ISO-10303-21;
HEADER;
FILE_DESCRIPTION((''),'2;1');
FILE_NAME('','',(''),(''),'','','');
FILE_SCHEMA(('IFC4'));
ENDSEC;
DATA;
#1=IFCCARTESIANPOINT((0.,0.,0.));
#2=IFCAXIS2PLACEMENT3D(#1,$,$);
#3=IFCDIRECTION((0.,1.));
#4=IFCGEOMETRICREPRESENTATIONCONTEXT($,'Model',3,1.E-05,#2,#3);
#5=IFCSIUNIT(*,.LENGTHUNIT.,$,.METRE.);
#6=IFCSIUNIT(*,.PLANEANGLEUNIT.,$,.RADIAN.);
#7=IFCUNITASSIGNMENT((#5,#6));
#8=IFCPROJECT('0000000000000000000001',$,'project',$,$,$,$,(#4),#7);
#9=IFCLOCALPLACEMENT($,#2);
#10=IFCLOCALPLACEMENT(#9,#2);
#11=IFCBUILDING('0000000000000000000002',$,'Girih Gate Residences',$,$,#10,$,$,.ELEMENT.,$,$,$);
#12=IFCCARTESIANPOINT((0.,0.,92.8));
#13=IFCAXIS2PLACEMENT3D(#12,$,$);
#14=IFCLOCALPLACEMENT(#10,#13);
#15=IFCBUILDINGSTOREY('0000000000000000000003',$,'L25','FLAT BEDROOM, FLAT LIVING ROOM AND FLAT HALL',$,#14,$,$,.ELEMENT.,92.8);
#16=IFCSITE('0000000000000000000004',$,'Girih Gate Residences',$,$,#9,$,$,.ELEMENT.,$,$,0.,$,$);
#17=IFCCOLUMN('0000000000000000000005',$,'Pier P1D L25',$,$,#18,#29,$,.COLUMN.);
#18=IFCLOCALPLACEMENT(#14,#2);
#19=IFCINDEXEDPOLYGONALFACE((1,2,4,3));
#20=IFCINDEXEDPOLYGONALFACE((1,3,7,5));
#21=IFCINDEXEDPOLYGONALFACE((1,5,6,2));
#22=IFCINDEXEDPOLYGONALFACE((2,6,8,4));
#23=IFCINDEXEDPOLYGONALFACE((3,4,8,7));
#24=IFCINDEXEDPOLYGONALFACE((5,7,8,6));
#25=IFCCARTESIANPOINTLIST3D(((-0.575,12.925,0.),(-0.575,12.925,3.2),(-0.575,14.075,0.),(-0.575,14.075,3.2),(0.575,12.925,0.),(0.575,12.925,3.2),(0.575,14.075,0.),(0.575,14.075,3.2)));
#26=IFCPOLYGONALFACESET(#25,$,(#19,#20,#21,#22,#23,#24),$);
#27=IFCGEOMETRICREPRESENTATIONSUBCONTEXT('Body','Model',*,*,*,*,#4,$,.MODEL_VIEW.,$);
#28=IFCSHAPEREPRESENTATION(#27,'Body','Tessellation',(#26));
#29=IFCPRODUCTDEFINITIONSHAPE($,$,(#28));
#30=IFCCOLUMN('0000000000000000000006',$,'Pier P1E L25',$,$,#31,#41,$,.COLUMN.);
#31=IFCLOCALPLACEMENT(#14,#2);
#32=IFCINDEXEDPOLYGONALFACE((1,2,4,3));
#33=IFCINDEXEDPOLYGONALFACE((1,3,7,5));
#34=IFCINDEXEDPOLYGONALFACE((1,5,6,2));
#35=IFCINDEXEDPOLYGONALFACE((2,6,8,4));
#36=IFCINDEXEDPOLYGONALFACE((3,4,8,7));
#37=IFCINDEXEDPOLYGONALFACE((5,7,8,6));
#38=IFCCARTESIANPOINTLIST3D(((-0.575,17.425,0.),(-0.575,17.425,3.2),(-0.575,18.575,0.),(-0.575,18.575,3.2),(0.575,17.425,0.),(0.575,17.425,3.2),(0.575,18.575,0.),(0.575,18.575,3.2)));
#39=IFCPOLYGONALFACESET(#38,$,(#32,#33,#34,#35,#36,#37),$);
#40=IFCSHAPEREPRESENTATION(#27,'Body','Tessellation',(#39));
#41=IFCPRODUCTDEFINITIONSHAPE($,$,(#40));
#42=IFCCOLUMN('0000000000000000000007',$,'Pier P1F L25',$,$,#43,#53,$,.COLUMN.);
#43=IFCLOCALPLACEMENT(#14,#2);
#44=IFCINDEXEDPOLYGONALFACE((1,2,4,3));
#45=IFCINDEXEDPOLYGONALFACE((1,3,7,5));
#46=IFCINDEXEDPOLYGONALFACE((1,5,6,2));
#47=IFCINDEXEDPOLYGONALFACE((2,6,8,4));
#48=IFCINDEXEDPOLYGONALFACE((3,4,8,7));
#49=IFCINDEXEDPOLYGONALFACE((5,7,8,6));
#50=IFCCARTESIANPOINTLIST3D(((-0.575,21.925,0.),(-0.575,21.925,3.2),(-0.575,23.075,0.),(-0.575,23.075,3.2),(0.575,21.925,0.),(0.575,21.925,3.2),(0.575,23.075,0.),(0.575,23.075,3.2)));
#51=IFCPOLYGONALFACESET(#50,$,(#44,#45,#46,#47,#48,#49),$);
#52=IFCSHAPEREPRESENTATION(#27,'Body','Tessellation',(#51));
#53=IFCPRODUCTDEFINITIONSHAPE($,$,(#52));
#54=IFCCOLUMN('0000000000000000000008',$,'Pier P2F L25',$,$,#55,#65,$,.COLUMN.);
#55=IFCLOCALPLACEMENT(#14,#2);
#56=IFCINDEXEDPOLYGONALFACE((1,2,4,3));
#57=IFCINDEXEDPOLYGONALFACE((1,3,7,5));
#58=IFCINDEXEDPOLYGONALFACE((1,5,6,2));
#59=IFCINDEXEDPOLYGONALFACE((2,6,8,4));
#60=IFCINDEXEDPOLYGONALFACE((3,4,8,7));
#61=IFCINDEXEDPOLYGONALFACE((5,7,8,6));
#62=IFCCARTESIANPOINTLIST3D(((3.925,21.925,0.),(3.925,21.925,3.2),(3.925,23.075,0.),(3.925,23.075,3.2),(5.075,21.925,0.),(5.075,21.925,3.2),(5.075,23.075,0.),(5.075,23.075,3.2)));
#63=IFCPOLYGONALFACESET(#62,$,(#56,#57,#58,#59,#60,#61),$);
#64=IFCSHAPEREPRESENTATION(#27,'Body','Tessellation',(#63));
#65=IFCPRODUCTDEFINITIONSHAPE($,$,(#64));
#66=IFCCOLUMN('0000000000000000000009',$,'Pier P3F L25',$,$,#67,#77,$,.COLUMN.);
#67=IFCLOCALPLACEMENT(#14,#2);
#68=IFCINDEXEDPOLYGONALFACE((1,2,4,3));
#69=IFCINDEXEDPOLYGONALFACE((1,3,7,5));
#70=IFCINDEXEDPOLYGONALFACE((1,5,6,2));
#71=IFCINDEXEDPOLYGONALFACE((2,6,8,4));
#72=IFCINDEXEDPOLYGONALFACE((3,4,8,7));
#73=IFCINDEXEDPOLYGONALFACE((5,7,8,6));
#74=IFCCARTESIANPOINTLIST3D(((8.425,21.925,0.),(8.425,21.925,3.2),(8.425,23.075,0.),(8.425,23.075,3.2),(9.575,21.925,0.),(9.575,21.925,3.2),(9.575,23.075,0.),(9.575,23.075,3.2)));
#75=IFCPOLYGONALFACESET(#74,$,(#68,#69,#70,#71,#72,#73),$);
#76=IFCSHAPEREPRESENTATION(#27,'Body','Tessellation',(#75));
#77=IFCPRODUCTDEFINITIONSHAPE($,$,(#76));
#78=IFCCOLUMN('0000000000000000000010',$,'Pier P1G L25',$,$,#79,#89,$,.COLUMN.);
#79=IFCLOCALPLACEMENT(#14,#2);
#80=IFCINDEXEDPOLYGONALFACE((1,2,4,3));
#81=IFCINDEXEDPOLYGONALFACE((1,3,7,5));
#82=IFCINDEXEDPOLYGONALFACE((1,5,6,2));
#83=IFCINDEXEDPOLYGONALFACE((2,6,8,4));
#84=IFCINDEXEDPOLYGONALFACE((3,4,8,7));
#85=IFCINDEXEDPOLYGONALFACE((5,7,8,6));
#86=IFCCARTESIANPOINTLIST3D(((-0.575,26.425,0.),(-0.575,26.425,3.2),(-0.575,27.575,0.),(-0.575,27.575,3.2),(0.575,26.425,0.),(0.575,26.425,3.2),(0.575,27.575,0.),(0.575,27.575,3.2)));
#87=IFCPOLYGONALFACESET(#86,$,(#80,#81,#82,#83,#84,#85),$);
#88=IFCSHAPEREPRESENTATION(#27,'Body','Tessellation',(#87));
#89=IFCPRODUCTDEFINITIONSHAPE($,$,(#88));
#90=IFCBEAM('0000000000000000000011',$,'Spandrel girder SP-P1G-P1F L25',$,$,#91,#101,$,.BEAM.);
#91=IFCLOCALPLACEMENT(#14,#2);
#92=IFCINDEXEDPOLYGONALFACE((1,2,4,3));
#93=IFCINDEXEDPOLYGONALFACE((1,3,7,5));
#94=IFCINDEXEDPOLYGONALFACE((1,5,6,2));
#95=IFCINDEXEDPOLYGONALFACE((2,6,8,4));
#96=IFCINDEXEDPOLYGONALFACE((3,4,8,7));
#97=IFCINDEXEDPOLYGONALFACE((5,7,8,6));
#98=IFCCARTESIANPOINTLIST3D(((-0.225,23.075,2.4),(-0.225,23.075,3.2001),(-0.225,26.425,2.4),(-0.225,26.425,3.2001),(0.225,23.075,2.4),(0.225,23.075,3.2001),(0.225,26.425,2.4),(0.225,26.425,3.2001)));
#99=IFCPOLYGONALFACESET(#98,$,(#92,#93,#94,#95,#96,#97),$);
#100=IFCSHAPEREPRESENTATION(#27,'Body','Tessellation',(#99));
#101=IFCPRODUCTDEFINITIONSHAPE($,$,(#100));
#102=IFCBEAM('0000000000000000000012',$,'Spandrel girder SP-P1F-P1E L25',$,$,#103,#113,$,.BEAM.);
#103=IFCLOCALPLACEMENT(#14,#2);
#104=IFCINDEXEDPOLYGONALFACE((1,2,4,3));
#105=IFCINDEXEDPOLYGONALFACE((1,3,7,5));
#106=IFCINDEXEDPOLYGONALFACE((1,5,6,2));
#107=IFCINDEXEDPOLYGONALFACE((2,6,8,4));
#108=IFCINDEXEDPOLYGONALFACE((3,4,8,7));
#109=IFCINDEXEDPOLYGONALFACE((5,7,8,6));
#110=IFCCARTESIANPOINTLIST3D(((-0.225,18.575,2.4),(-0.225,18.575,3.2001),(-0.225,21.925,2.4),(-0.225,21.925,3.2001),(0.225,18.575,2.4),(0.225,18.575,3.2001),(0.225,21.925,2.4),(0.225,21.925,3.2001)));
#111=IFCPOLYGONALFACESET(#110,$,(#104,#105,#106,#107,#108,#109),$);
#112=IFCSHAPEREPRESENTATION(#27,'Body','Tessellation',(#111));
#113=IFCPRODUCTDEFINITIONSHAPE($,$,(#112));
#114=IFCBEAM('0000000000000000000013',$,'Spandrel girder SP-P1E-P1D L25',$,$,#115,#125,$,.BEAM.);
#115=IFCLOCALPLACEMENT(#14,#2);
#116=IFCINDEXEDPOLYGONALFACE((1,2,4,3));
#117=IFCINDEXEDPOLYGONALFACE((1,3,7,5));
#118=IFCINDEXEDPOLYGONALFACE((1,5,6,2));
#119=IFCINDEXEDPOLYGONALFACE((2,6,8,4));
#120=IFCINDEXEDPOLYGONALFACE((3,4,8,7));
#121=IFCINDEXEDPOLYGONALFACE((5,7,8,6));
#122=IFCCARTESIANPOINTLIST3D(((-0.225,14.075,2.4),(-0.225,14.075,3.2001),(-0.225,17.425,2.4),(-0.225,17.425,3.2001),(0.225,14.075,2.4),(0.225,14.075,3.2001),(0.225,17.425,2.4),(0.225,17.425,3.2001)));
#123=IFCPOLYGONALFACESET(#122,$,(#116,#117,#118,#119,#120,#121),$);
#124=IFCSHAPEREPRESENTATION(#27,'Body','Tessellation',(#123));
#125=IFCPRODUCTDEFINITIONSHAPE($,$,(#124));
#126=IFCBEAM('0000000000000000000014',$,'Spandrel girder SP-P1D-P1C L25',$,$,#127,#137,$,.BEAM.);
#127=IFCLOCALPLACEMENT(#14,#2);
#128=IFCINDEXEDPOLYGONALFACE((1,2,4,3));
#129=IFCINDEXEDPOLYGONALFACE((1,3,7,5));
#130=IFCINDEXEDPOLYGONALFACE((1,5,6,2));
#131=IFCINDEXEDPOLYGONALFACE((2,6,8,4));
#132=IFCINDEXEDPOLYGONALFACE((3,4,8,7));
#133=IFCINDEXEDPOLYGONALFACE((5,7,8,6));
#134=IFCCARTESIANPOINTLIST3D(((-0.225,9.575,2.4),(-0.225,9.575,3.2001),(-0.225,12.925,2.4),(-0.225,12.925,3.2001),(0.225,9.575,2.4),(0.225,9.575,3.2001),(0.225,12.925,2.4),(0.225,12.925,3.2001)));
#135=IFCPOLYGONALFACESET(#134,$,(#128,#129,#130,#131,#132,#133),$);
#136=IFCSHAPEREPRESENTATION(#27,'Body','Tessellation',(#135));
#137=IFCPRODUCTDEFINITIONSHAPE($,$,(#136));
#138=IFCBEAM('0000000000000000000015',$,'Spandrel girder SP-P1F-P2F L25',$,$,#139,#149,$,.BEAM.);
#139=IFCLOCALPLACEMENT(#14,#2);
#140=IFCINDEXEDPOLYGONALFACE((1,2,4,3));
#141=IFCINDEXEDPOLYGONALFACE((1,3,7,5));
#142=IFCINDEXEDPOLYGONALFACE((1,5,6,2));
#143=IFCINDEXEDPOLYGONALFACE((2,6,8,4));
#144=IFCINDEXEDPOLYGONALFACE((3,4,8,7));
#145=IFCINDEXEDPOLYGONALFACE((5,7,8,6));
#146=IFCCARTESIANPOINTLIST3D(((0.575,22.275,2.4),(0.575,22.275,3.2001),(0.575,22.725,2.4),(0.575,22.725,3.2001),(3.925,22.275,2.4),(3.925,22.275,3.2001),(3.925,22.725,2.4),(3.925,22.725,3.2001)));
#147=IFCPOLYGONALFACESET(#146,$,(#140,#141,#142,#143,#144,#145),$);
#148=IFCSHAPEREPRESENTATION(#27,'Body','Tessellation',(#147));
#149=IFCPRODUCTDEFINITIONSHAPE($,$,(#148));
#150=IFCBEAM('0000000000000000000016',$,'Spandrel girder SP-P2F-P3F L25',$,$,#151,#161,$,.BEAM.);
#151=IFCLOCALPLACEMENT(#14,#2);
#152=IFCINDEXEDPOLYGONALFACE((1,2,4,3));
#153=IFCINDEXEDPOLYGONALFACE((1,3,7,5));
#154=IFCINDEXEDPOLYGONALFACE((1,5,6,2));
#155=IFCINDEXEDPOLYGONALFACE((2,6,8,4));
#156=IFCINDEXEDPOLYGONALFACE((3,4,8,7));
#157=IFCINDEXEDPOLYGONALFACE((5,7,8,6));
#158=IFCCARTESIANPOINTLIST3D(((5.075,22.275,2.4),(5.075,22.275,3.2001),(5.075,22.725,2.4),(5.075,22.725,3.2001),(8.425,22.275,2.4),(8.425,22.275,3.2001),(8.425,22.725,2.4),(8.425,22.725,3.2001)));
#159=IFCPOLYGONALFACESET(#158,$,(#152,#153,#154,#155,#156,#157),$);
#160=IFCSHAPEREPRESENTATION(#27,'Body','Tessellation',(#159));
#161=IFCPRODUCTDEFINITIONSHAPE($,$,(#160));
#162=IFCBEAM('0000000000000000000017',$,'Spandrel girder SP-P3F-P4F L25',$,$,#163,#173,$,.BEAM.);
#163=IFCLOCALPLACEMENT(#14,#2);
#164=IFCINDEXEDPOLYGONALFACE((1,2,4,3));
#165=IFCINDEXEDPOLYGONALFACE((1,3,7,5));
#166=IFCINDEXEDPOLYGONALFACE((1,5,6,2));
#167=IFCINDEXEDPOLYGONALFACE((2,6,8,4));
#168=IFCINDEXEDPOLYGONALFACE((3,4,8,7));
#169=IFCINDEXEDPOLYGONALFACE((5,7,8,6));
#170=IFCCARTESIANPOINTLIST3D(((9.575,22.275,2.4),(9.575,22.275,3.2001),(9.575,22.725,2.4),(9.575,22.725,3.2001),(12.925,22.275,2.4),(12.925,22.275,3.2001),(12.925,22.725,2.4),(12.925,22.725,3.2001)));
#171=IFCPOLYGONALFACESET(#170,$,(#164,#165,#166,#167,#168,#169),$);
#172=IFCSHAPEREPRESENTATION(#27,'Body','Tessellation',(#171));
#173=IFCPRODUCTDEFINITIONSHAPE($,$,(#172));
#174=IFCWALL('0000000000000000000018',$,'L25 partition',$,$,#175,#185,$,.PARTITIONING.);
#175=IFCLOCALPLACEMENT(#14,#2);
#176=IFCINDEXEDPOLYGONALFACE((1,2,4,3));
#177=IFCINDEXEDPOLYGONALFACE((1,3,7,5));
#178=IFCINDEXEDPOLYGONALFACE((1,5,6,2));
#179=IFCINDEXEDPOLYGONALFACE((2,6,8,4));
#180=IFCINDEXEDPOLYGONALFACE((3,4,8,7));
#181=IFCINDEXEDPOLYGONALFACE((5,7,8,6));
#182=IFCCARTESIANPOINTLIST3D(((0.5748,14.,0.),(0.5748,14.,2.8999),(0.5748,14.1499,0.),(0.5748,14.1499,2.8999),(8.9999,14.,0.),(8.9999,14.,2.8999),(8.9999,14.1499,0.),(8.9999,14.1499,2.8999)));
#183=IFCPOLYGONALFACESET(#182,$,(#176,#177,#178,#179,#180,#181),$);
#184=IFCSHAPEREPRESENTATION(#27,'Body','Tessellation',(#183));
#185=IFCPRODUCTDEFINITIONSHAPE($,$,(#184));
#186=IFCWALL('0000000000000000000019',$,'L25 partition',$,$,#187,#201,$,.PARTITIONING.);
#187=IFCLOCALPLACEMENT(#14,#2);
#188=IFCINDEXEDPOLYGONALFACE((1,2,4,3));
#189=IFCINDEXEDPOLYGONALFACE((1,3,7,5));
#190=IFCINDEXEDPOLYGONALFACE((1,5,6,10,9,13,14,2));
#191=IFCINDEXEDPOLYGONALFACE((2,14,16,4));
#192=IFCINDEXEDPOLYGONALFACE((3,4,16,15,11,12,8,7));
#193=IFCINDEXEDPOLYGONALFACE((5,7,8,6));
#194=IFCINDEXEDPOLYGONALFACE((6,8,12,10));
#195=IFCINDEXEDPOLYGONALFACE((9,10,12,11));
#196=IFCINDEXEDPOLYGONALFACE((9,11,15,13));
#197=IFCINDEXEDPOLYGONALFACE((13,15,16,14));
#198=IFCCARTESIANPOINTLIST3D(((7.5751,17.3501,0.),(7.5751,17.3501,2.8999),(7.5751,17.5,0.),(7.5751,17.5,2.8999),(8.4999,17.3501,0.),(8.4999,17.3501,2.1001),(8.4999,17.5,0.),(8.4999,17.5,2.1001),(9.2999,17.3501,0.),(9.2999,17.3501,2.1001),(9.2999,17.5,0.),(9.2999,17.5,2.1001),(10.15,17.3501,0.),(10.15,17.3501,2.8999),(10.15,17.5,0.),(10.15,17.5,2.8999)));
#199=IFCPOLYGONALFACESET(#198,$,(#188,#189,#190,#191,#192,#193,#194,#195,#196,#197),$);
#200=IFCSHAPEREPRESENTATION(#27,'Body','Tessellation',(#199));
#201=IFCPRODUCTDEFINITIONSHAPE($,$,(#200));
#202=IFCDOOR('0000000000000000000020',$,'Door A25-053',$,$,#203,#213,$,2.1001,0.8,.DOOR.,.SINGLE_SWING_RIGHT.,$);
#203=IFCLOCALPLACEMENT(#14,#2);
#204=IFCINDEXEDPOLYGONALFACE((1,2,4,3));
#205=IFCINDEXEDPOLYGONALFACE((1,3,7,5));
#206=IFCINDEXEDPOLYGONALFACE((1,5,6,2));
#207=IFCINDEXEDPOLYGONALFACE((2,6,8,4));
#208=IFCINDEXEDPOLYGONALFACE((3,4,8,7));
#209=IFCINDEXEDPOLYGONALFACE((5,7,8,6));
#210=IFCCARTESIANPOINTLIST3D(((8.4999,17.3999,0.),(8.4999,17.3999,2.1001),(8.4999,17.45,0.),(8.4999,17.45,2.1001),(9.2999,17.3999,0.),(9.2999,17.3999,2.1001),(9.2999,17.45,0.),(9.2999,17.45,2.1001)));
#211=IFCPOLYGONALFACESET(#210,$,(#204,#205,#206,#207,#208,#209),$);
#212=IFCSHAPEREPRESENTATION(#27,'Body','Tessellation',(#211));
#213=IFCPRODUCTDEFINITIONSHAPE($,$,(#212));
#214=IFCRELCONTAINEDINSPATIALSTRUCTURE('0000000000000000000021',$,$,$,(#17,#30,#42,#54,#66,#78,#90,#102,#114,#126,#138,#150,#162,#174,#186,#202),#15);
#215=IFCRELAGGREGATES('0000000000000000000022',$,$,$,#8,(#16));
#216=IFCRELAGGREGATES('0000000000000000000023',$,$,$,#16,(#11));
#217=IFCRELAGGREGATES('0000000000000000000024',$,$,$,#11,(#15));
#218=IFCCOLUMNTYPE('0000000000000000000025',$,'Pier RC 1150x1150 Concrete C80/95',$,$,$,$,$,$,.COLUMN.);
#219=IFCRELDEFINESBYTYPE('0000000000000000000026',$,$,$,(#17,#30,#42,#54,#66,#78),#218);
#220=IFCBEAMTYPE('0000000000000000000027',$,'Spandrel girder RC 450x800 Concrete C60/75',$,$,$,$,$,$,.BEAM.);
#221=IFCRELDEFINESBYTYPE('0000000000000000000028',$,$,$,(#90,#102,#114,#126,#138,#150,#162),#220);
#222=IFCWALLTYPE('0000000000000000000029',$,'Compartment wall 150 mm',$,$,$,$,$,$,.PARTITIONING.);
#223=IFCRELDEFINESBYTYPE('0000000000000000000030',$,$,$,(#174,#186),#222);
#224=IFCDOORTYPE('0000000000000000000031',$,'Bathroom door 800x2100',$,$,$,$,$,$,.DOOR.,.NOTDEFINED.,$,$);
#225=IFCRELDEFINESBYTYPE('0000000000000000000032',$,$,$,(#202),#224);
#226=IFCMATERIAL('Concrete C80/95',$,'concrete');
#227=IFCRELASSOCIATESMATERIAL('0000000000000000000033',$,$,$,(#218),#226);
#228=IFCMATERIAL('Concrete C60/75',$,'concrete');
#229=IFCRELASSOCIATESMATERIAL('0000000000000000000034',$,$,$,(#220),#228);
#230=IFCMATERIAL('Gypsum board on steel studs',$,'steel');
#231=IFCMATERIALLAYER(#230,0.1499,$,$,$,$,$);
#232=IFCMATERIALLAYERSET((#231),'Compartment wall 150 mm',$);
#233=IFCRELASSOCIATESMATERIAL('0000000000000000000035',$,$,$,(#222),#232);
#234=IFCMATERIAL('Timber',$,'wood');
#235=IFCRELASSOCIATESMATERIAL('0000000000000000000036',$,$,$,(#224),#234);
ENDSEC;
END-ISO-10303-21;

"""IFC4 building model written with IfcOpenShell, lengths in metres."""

from ifc_helpers import new_model, si_unit, direction, frame, frame_2d, origin, origin_2d, place, context, subcontext, project, spatial, rectangle, extrude, material, layer, layer_set, material_profile, profile_set, type_object, element, fill, save


model = new_model("IFC4")

# Units and contexts
model_context = context("Model", 3, precision=1e-05, world=origin(), true_north=direction((0.0, 1.0)))
body_context = subcontext(model_context, "Body", "Model", "MODEL_VIEW")
ifc_project = project(units=[si_unit("LENGTHUNIT", "METRE"), si_unit("PLANEANGLEUNIT", "RADIAN")], contexts=[model_context])

# Site, building, storey
site_placement = place(None, origin())
site = spatial("IfcSite", under=ifc_project, at=site_placement, Name="Girih Gate Residences", CompositionType="ELEMENT", RefElevation=0.0)
building_placement = place(site_placement, origin())
building = spatial("IfcBuilding", under=site, at=building_placement, Name="Girih Gate Residences", CompositionType="ELEMENT")
storey_placement = place(building_placement, frame((0.0, 0.0, 92.8)))
storey = spatial("IfcBuildingStorey", under=building, at=storey_placement, Name="L25", Description="FLAT BEDROOM, FLAT LIVING ROOM AND FLAT HALL", CompositionType="ELEMENT", Elevation=92.8)

# Columns
ifc_material_1 = material(Name="Concrete C80/95", Category="concrete")
ifc_material_profile_1 = material_profile(ifc_material_1, rectangle(XDim=1.1499, YDim=1.1499, at=origin_2d()))
ifc_profile_set_1 = profile_set([ifc_material_profile_1], Name="Concrete C80/95")
column_type = type_object("IfcColumnType", Name="Pier RC 1150x1150 Concrete C80/95", PredefinedType="COLUMN", material=ifc_profile_set_1)
for number, where, z_axis, x_axis, name in (
    (1, (0.0, 13.5, 0.0), (0.0, 0.0, 1.0), (1.0, 0.0, 0.0), "Pier P1D L25"),
    (2, (0.0, 18.0, 0.0), (0.0, 0.0, 1.0), (1.0, 0.0, 0.0), "Pier P1E L25"),
    (3, (0.0, 22.5, 0.0), (0.0, 0.0, 1.0), (1.0, 0.0, 0.0), "Pier P1F L25"),
    (4, (4.5, 22.5, 0.0), (0.0, 0.0, 1.0), (1.0, 0.0, 0.0), "Pier P2F L25"),
    (5, (9.0, 22.5, 0.0), (0.0, 0.0, 1.0), (1.0, 0.0, 0.0), "Pier P3F L25"),
    (6, (0.0, 27.0, 0.0), (0.0, 0.0, 1.0), (1.0, 0.0, 0.0), "Pier P1G L25"),
):
    element("IfcColumn", number, at=place(storey_placement, frame(where, z_axis=z_axis, x_axis=x_axis)), inside=storey, type_object=column_type, Name=name, PredefinedType="COLUMN", context=body_context, shape_type="SweptSolid", body=[
        extrude(rectangle(XDim=1.1499, YDim=1.1499, at=origin_2d()), origin(), (0.0, 0.0, 1.0), 3.2),
    ])

# Beams
ifc_material_2 = material(Name="Concrete C60/75", Category="concrete")
ifc_material_profile_2 = material_profile(ifc_material_2, rectangle(XDim=0.45, YDim=0.8, at=origin_2d()))
ifc_profile_set_2 = profile_set([ifc_material_profile_2], Name="Concrete C60/75")
beam_type = type_object("IfcBeamType", Name="Spandrel girder RC 450x800 Concrete C60/75", PredefinedType="BEAM", material=ifc_profile_set_2)
for number, where, z_axis, x_axis, name in (
    (7, (0.0, 26.425, 2.8), (0.0, -1.0, 0.0), (1.0, 0.0, 0.0), "Spandrel girder SP-P1G-P1F L25"),
    (8, (0.0, 21.925, 2.8), (0.0, -1.0, 0.0), (1.0, 0.0, 0.0), "Spandrel girder SP-P1F-P1E L25"),
    (9, (0.0, 17.425, 2.8), (0.0, -1.0, 0.0), (1.0, 0.0, 0.0), "Spandrel girder SP-P1E-P1D L25"),
    (10, (0.0, 12.925, 2.8), (0.0, -1.0, 0.0), (1.0, 0.0, 0.0), "Spandrel girder SP-P1D-P1C L25"),
    (11, (0.575, 22.5, 2.8), (1.0, 0.0, 0.0), (0.0, 1.0, 0.0), "Spandrel girder SP-P1F-P2F L25"),
    (12, (5.075, 22.5, 2.8), (1.0, 0.0, 0.0), (0.0, 1.0, 0.0), "Spandrel girder SP-P2F-P3F L25"),
    (13, (9.575, 22.5, 2.8), (1.0, 0.0, 0.0), (0.0, 1.0, 0.0), "Spandrel girder SP-P3F-P4F L25"),
):
    element("IfcBeam", number, at=place(storey_placement, frame(where, z_axis=z_axis, x_axis=x_axis)), inside=storey, type_object=beam_type, Name=name, PredefinedType="BEAM", context=body_context, shape_type="SweptSolid", body=[
        extrude(rectangle(XDim=0.45, YDim=0.8, at=origin_2d()), origin(), (0.0, 0.0, 1.0), 3.3501),
    ])

# Wall
ifc_material_3 = material(Name="Gypsum board on steel studs", Category="steel")
ifc_layer_1 = layer(ifc_material_3, 0.1499)
ifc_layer_set_1 = layer_set([ifc_layer_1], Name="Compartment wall 150 mm")
wall_type_1 = type_object("IfcWallType", Name="Compartment wall 150 mm", PredefinedType="PARTITIONING", material=ifc_layer_set_1)
wall_1_placement = place(storey_placement, frame((0.575, 14.075, 0.0), z_axis=(0.0, 0.0, 1.0), x_axis=(1.0, 0.0, 0.0)))
element("IfcWall", 14, at=wall_1_placement, inside=storey, type_object=wall_type_1, Name="L25 partition", PredefinedType="PARTITIONING", context=body_context, shape_type="SweptSolid", body=[
    extrude(rectangle(XDim=8.425, YDim=0.1499, at=frame_2d((4.2124, 0.0))), origin(), (0.0, 0.0, 1.0), 2.8999),
])

# Wall, opening, door
wall_2_placement = place(storey_placement, frame((7.575, 17.425, 0.0), z_axis=(0.0, 0.0, 1.0), x_axis=(1.0, 0.0, 0.0)))
wall_2 = element("IfcWall", 15, at=wall_2_placement, inside=storey, type_object=wall_type_1, Name="L25 partition", PredefinedType="PARTITIONING", context=body_context, shape_type="SweptSolid", body=[
    extrude(rectangle(XDim=2.575, YDim=0.1499, at=frame_2d((1.2876, 0.0))), origin(), (0.0, 0.0, 1.0), 2.8999),
])
opening_1_placement = place(wall_2_placement, frame((0.925, 0.0, 0.0)))
opening_1 = element("IfcOpeningElement", 16, at=opening_1_placement, cuts=wall_2, PredefinedType="OPENING", context=body_context, shape_type="SweptSolid", body=[
    extrude(rectangle(XDim=0.8, YDim=2.1001, at=frame_2d((0.3999, 1.05))), frame((0.0, 0.085, 0.0), z_axis=(0.0, -1.0, 0.0), x_axis=(1.0, 0.0, 0.0)), (0.0, 0.0, 1.0), 0.1699),
])
ifc_material_4 = material(Name="Timber", Category="wood")
door_type_1 = type_object("IfcDoorType", Name="Bathroom door 800x2100", OperationType="NOTDEFINED", PredefinedType="DOOR", material=ifc_material_4)
door_1_placement = place(opening_1_placement, origin())
door_1 = element("IfcDoor", 17, at=door_1_placement, inside=storey, type_object=door_type_1, Name="Door A25-053", OperationType="SINGLE_SWING_RIGHT", OverallHeight=2.1001, OverallWidth=0.8, PredefinedType="DOOR", context=body_context, shape_type="SweptSolid", body=[
    extrude(rectangle(XDim=0.8, YDim=2.1001, at=frame_2d((0.3999, 1.05))), frame((0.0, 0.0249, 0.0), z_axis=(0.0, -1.0, 0.0), x_axis=(1.0, 0.0, 0.0)), (0.0, 0.0, 1.0), 0.05),
])
fill(opening_1, door_1)

save(model, "model.ifc")
